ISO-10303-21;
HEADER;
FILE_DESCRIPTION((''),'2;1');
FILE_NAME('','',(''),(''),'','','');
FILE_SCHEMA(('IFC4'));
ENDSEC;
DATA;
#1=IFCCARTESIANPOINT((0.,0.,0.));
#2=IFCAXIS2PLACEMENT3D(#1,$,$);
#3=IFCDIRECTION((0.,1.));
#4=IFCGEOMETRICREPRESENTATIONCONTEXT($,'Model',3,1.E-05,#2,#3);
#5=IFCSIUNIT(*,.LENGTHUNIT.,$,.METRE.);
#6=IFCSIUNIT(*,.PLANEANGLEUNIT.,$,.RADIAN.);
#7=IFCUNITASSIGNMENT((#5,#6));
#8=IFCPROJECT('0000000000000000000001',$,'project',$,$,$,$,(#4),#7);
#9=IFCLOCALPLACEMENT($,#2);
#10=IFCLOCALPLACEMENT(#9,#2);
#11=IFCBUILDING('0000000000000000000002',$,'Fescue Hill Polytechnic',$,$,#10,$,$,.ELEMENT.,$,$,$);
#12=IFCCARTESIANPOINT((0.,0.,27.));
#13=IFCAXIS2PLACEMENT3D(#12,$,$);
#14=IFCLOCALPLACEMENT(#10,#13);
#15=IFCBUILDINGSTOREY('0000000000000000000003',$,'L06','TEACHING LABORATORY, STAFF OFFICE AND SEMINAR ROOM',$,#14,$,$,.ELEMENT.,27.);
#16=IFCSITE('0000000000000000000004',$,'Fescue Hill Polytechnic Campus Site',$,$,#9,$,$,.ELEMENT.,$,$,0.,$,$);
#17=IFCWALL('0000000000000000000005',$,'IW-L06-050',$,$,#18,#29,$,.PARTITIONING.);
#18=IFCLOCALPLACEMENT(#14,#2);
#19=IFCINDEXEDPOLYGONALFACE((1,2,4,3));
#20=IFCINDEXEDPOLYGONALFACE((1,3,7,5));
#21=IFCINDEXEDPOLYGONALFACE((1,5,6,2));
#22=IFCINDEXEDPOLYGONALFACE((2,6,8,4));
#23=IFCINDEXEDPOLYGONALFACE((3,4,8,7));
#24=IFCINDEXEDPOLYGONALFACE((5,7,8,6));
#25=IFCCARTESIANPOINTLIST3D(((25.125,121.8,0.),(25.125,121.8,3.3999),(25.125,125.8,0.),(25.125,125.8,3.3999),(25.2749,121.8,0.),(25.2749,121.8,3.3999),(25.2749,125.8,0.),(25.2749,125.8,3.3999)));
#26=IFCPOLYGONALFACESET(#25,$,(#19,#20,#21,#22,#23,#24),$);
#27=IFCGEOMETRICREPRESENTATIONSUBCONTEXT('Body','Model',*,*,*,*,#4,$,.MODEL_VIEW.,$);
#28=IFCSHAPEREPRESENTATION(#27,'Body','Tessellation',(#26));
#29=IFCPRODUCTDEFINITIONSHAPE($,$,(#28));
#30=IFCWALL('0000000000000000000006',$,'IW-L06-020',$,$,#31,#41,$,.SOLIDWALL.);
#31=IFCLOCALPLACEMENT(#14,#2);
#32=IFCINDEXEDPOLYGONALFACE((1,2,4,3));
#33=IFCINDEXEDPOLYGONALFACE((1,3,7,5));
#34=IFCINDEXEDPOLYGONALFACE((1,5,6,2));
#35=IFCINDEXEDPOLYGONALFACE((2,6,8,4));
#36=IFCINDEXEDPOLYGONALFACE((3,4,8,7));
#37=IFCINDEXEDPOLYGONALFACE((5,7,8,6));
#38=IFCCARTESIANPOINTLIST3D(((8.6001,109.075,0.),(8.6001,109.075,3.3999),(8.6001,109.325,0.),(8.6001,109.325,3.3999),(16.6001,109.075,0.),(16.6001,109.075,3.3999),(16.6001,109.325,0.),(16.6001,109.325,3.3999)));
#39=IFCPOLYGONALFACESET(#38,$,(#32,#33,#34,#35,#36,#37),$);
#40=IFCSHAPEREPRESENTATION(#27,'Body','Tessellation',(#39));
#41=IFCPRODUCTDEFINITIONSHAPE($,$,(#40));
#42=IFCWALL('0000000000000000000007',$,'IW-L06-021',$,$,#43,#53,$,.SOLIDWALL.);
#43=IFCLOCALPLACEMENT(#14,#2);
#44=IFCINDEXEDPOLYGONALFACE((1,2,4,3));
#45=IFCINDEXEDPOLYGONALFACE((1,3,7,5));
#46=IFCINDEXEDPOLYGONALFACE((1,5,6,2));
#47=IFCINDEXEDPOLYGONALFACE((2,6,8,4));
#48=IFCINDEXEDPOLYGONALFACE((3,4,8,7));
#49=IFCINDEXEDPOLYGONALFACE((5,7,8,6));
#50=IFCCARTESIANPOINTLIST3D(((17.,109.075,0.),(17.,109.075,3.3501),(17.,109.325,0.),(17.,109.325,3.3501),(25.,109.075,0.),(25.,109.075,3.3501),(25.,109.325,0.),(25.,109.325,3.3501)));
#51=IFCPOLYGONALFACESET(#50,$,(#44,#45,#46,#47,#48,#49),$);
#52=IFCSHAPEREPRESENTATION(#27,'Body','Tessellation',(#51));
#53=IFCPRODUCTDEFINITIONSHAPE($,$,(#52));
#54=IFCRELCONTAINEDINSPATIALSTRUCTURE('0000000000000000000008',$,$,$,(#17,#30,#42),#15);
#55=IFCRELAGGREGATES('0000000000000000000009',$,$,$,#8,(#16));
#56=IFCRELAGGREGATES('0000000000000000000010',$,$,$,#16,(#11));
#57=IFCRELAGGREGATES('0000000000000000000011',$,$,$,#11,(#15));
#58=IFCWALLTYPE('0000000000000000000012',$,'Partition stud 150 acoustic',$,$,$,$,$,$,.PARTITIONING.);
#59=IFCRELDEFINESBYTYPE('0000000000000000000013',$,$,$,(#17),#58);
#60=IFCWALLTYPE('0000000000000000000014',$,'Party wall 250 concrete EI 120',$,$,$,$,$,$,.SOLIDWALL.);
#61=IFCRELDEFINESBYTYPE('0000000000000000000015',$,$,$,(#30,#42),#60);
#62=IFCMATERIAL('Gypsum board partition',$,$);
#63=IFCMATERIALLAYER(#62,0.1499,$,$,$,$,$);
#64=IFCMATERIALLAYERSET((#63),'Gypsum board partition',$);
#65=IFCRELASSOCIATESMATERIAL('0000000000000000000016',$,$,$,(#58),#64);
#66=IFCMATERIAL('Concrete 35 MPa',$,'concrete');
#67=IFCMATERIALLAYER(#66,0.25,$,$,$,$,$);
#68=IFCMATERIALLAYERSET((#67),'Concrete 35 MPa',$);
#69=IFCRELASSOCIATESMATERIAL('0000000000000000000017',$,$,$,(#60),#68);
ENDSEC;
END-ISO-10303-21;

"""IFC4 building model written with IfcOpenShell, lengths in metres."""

from ifc_helpers import new_model, si_unit, direction, frame, frame_2d, origin, place, context, subcontext, project, spatial, rectangle, extrude, material, layer, layer_set, type_object, element, save


model = new_model("IFC4")

# Units and contexts
model_context = context("Model", 3, precision=1e-05, world=origin(), true_north=direction((0.0, 1.0)))
body_context = subcontext(model_context, "Body", "Model", "MODEL_VIEW")
ifc_project = project(units=[si_unit("LENGTHUNIT", "METRE"), si_unit("PLANEANGLEUNIT", "RADIAN")], contexts=[model_context])

# Site, building, storey
site_placement = place(None, origin())
site = spatial("IfcSite", under=ifc_project, at=site_placement, Name="Fescue Hill Polytechnic Campus Site", CompositionType="ELEMENT", RefElevation=0.0)
building_placement = place(site_placement, origin())
building = spatial("IfcBuilding", under=site, at=building_placement, Name="Fescue Hill Polytechnic", CompositionType="ELEMENT")
storey_placement = place(building_placement, frame((0.0, 0.0, 27.0)))
storey = spatial("IfcBuildingStorey", under=building, at=storey_placement, Name="L06", Description="TEACHING LABORATORY, STAFF OFFICE AND SEMINAR ROOM", CompositionType="ELEMENT", Elevation=27.0)

# Shared definitions
ifc_material_1 = material(Name="Concrete 35 MPa", Category="concrete")

# Shared definitions
ifc_material_2 = material(Name="Gypsum board partition")

# Walls
ifc_layer_1 = layer(ifc_material_2, 0.1499)
ifc_layer_set_1 = layer_set([ifc_layer_1], Name="Gypsum board partition")
wall_type_1 = type_object("IfcWallType", Name="Partition stud 150 acoustic", PredefinedType="PARTITIONING", material=ifc_layer_set_1)
wall_1_placement = place(storey_placement, frame((25.2, 121.8, 0.0), z_axis=(0.0, 0.0, 1.0), x_axis=(0.0, 1.0, 0.0)))
element("IfcWall", 1, at=wall_1_placement, inside=storey, type_object=wall_type_1, Name="IW-L06-050", PredefinedType="PARTITIONING", context=body_context, shape_type="SweptSolid", body=[
    extrude(rectangle(XDim=4.0, YDim=0.1499, at=frame_2d((2.0, 0.0))), origin(), (0.0, 0.0, 1.0), 3.3999),
])
ifc_layer_2 = layer(ifc_material_1, 0.25)
ifc_layer_set_2 = layer_set([ifc_layer_2], Name="Concrete 35 MPa")
wall_type_2 = type_object("IfcWallType", Name="Party wall 250 concrete EI 120", PredefinedType="SOLIDWALL", material=ifc_layer_set_2)
wall_2_placement = place(storey_placement, frame((8.6001, 109.2, 0.0), z_axis=(0.0, 0.0, 1.0), x_axis=(1.0, 0.0, 0.0)))
element("IfcWall", 2, at=wall_2_placement, inside=storey, type_object=wall_type_2, Name="IW-L06-020", PredefinedType="SOLIDWALL", context=body_context, shape_type="SweptSolid", body=[
    extrude(rectangle(XDim=8.0, YDim=0.25, at=frame_2d((4.0, 0.0))), origin(), (0.0, 0.0, 1.0), 3.3999),
])
wall_3_placement = place(storey_placement, frame((17.0, 109.2, 0.0), z_axis=(0.0, 0.0, 1.0), x_axis=(1.0, 0.0, 0.0)))
element("IfcWall", 3, at=wall_3_placement, inside=storey, type_object=wall_type_2, Name="IW-L06-021", PredefinedType="SOLIDWALL", context=body_context, shape_type="SweptSolid", body=[
    extrude(rectangle(XDim=8.0, YDim=0.25, at=frame_2d((4.0, 0.0))), origin(), (0.0, 0.0, 1.0), 3.3501),
])

save(model, "model.ifc")
